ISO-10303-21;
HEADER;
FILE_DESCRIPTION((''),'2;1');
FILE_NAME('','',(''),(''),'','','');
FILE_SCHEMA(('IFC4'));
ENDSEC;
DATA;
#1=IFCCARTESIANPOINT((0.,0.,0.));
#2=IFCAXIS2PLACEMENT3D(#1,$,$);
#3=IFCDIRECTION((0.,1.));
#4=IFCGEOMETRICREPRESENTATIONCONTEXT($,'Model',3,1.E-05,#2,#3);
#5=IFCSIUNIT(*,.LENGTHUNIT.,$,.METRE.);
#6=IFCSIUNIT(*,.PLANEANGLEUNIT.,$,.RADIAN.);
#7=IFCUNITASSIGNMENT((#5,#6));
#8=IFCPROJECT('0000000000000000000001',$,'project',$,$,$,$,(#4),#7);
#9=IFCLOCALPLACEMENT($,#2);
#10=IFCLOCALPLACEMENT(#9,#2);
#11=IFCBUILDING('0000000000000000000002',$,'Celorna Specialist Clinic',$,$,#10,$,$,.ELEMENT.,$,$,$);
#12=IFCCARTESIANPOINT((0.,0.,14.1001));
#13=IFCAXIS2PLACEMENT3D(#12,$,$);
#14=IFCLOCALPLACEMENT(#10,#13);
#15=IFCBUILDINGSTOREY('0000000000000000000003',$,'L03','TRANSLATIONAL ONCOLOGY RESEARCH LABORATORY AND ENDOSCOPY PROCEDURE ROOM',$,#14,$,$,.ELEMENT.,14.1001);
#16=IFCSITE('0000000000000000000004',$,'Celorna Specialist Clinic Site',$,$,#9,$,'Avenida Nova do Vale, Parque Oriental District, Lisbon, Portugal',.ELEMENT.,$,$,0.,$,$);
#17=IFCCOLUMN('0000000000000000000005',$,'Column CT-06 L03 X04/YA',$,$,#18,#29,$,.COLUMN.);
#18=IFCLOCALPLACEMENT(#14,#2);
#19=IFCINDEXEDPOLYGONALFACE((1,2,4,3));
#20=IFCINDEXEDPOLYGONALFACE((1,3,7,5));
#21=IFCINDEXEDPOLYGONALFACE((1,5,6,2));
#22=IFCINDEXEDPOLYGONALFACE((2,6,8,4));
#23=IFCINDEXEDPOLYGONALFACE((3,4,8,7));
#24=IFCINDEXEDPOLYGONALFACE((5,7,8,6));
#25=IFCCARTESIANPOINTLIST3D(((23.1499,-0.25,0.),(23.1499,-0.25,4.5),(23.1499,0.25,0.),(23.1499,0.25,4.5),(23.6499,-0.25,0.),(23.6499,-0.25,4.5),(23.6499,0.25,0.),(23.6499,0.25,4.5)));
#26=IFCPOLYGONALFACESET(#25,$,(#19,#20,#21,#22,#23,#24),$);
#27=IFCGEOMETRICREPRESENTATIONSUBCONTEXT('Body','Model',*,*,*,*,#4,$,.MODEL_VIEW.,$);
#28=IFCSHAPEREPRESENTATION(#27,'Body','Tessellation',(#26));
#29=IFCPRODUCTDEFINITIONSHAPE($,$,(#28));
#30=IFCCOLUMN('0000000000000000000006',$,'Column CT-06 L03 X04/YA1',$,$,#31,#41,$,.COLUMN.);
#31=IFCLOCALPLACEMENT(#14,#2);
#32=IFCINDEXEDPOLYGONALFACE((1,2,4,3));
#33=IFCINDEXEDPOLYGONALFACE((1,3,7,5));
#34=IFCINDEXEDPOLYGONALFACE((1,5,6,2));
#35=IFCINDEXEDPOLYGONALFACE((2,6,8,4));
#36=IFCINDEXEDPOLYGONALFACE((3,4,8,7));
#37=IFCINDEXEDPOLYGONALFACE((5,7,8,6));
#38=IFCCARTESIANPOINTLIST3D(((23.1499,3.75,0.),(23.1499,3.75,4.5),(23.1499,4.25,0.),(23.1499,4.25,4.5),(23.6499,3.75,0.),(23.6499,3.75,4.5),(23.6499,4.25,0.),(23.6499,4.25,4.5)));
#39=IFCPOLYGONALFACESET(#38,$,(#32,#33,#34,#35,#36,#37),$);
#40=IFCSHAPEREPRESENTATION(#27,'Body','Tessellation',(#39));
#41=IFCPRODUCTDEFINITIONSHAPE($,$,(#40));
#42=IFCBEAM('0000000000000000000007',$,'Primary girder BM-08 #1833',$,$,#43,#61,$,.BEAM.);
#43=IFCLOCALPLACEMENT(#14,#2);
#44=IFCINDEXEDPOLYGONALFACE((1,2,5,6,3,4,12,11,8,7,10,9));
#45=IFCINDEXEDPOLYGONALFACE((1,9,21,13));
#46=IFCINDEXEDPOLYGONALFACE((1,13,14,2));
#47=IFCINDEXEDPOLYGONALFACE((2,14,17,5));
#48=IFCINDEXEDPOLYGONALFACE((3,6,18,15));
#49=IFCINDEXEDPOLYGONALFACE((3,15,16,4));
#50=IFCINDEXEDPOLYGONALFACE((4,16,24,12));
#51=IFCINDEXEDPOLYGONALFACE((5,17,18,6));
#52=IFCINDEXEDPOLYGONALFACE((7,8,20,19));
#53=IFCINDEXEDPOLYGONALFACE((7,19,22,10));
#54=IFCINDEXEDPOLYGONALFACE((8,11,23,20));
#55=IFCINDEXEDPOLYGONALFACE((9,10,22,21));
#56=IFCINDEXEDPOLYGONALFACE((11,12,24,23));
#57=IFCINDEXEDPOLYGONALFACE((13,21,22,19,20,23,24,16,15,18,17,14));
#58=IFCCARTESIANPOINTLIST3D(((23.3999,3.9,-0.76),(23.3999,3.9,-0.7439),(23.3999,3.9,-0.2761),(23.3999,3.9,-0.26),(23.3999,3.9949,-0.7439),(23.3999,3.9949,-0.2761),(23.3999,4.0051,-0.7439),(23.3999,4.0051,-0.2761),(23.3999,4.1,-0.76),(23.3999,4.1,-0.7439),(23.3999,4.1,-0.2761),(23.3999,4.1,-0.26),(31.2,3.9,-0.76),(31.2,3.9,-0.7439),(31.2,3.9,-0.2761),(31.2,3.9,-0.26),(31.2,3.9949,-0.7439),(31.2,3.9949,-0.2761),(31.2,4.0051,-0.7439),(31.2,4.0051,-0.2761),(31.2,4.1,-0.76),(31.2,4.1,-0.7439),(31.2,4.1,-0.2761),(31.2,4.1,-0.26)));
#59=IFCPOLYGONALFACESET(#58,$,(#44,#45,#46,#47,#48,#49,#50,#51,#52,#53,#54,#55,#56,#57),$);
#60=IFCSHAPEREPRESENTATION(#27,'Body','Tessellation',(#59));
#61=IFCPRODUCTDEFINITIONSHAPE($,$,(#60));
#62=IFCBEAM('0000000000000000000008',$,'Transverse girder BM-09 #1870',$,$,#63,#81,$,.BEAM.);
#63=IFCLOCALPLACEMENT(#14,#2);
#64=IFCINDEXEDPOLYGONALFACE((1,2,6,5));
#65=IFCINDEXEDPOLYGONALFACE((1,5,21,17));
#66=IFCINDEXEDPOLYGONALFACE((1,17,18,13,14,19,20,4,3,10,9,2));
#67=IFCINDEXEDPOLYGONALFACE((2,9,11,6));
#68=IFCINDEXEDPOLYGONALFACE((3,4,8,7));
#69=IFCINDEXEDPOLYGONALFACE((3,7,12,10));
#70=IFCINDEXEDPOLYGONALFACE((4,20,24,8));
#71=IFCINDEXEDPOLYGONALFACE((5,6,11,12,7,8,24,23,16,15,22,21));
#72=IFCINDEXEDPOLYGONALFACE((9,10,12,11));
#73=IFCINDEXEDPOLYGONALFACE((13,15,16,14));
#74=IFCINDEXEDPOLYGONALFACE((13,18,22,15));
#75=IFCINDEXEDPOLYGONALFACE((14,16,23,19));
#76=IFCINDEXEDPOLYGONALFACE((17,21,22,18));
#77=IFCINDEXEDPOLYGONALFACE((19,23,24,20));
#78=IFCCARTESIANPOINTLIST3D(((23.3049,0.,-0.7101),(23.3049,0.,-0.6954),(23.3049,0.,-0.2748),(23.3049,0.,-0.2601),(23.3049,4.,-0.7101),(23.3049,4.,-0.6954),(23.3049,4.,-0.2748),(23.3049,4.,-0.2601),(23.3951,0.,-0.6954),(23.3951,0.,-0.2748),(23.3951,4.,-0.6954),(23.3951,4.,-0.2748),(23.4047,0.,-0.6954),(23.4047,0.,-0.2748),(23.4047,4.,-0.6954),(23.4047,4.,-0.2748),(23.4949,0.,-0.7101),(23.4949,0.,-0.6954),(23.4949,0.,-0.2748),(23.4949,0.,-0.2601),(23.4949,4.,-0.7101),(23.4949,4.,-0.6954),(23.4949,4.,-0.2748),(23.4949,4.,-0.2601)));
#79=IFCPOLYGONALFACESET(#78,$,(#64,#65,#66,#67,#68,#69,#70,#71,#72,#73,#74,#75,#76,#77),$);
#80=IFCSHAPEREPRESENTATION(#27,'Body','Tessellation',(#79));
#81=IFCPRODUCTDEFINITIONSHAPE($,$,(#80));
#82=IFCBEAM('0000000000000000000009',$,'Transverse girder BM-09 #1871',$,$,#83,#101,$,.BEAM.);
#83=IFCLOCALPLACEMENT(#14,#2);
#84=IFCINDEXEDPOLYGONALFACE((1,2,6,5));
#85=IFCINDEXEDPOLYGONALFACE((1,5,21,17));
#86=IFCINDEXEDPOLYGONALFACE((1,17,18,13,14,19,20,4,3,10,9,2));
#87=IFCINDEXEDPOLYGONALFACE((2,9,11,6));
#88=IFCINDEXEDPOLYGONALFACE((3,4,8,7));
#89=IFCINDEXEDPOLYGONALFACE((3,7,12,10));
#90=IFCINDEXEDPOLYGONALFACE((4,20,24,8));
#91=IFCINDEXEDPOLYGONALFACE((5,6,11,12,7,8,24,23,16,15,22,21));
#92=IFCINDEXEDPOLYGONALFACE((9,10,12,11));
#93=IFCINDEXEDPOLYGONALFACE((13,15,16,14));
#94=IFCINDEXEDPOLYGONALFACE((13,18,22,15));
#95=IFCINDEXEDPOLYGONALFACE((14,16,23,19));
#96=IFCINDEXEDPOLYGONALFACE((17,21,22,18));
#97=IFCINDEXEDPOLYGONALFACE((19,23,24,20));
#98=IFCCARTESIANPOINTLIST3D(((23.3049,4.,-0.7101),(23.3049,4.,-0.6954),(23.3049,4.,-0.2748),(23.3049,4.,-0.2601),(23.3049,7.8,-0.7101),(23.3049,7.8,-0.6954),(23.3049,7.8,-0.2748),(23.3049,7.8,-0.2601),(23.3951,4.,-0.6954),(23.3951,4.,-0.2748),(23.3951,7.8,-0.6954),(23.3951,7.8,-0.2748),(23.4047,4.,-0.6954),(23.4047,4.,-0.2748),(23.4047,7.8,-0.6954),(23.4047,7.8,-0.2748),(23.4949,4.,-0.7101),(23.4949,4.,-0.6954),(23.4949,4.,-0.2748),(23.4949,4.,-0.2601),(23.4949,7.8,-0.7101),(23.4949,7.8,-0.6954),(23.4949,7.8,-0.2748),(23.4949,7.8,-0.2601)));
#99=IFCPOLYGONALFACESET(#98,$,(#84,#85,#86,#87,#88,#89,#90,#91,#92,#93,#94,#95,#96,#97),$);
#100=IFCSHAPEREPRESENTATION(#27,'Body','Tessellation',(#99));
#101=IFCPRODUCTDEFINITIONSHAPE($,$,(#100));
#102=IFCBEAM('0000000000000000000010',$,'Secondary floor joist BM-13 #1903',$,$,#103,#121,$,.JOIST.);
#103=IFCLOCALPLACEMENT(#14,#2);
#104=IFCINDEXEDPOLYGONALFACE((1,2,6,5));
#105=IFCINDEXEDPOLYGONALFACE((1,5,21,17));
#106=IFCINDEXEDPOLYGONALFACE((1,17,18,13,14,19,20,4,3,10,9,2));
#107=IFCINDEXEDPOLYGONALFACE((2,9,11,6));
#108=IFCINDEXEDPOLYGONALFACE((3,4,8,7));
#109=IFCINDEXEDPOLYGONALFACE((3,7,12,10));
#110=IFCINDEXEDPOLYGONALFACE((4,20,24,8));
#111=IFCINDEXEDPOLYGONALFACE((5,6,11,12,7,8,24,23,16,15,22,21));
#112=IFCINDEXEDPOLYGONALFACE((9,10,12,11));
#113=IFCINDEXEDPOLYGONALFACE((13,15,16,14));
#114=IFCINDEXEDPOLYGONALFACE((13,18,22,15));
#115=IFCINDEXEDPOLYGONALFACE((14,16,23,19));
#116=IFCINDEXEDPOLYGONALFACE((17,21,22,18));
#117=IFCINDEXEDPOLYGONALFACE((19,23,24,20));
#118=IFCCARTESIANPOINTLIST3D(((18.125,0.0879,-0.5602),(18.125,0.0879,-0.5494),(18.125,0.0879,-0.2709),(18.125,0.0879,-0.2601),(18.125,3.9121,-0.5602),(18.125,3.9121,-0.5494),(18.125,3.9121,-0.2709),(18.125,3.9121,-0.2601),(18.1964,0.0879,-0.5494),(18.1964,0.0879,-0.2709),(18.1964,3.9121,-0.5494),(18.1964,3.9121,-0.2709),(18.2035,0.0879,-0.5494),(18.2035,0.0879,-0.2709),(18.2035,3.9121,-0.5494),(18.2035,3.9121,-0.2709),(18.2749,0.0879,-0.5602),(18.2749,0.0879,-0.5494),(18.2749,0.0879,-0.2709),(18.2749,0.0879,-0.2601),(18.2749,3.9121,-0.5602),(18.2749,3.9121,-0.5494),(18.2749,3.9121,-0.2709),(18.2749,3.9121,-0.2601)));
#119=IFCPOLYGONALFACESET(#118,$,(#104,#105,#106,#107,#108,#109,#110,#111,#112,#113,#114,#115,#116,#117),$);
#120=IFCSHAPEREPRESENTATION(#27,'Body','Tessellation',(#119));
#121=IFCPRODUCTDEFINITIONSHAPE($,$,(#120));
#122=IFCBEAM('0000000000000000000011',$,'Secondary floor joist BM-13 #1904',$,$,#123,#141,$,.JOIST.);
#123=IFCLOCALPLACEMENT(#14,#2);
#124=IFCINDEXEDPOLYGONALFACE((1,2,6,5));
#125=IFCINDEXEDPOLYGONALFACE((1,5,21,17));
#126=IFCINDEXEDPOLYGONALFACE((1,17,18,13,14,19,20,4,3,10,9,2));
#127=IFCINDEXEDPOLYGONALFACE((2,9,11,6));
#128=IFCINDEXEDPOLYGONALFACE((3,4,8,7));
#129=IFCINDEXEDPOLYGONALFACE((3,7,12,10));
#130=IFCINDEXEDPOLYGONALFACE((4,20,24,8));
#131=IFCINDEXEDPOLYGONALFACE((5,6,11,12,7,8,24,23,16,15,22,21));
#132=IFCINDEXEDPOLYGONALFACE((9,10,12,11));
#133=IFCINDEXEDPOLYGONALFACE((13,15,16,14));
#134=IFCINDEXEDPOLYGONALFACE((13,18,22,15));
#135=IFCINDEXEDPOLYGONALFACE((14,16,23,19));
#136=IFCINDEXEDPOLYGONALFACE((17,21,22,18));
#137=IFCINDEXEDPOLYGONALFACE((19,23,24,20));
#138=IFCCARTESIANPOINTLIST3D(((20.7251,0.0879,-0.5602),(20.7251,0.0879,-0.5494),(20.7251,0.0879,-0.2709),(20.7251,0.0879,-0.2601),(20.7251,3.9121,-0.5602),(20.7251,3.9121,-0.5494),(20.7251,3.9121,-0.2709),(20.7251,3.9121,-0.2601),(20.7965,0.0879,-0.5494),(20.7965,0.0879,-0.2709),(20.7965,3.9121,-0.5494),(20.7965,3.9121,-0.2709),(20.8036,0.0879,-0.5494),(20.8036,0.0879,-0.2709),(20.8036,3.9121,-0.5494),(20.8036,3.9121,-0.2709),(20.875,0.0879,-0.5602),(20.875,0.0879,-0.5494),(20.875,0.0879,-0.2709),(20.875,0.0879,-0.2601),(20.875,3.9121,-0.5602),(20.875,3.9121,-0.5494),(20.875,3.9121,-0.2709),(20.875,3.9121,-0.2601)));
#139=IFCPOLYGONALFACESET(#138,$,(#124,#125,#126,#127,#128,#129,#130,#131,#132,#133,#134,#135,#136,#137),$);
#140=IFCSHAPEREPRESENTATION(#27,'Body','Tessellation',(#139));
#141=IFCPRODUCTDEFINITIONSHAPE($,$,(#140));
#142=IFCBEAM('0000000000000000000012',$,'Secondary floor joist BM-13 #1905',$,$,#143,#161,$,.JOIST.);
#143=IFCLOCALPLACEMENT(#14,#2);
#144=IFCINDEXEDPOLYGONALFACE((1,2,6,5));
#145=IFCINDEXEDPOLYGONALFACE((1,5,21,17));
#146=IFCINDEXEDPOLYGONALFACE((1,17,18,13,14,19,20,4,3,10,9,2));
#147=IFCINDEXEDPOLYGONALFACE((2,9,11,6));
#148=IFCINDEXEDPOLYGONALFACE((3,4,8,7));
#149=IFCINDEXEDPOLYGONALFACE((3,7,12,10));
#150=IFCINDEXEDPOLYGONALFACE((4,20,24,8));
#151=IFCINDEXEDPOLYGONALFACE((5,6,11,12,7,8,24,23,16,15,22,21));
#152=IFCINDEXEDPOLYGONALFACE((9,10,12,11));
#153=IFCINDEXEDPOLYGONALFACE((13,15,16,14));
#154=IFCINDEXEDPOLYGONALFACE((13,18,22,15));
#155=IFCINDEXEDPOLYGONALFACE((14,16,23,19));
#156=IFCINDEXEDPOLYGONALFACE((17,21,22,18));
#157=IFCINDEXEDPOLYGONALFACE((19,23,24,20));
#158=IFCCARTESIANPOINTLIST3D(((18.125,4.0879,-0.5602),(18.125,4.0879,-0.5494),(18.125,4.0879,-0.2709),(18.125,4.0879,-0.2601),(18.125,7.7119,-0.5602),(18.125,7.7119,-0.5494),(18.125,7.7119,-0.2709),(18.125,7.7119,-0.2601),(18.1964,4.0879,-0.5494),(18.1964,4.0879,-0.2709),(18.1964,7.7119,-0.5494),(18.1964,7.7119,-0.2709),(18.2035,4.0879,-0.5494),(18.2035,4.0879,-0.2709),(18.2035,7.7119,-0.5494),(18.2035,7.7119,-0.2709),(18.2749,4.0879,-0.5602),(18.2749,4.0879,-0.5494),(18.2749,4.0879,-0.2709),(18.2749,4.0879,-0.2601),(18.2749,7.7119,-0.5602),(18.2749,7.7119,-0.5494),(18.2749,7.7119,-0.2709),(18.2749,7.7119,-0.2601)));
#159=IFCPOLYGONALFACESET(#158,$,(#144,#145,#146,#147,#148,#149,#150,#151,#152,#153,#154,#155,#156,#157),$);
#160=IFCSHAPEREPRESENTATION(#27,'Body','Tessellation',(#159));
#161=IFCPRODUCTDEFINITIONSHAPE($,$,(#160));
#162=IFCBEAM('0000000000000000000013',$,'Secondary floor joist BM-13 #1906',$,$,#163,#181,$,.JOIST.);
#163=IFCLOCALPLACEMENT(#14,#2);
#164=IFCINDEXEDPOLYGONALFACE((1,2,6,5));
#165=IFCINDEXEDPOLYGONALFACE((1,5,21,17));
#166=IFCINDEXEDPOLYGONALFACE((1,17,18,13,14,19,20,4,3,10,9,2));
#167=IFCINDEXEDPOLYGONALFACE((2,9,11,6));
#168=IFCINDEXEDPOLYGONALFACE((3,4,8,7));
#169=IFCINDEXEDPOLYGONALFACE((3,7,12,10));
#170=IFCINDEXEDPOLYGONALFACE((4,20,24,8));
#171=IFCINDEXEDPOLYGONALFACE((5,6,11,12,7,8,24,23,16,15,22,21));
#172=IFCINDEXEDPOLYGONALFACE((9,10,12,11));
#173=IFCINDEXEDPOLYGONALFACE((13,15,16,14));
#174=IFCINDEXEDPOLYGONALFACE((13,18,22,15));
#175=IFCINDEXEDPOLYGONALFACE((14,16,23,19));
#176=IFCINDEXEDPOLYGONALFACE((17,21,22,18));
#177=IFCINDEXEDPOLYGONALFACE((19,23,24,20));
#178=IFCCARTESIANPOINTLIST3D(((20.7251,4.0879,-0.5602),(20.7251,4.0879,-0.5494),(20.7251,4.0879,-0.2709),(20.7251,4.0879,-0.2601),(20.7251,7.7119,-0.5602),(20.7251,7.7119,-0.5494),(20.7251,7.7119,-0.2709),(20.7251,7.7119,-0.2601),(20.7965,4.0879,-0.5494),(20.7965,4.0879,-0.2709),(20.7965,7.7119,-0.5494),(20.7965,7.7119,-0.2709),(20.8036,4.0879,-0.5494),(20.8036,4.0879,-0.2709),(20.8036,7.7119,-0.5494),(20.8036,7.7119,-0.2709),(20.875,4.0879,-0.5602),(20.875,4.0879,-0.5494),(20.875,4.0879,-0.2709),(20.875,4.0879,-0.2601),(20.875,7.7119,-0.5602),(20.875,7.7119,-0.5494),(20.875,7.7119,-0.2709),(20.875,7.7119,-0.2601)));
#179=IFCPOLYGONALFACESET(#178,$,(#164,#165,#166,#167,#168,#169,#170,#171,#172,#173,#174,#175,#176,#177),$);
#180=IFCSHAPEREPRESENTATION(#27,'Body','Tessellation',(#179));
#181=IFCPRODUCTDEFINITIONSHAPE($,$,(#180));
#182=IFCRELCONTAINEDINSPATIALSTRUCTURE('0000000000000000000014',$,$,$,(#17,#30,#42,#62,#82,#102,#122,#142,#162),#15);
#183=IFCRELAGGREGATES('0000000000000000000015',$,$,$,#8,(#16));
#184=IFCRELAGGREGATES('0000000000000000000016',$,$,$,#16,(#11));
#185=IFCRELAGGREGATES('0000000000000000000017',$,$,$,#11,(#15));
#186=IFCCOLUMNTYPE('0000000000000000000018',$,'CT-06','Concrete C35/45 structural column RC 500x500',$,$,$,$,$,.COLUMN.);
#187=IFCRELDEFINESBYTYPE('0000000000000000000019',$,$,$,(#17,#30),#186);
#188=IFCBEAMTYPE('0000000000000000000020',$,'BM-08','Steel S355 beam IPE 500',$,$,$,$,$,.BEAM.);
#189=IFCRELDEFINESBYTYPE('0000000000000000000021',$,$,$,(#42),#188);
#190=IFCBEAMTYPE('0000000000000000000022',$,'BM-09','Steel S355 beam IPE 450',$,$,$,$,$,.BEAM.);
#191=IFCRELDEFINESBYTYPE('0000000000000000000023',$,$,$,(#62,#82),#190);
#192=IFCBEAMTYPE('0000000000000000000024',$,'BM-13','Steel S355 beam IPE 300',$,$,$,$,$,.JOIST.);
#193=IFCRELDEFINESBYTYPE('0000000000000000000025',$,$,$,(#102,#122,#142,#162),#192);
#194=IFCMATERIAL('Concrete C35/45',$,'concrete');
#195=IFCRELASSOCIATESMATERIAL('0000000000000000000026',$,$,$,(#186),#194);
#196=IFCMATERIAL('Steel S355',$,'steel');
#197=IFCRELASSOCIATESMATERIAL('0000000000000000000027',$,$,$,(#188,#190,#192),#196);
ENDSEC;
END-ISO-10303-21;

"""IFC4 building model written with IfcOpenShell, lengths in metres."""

from ifc_helpers import new_model, si_unit, direction, frame, origin, origin_2d, place, context, subcontext, project, spatial, rectangle, i_section, extrude, material, material_profile, profile_set, type_object, element, save


model = new_model("IFC4")

# Units and contexts
model_context = context("Model", 3, precision=1e-05, world=origin(), true_north=direction((0.0, 1.0)))
body_context = subcontext(model_context, "Body", "Model", "MODEL_VIEW")
ifc_project = project(units=[si_unit("LENGTHUNIT", "METRE"), si_unit("PLANEANGLEUNIT", "RADIAN")], contexts=[model_context])

# Site, building, storey
site_placement = place(None, origin())
site = spatial("IfcSite", under=ifc_project, at=site_placement, Name="Celorna Specialist Clinic Site", LongName="Avenida Nova do Vale, Parque Oriental District, Lisbon, Portugal", CompositionType="ELEMENT", RefElevation=0.0)
building_placement = place(site_placement, origin())
building = spatial("IfcBuilding", under=site, at=building_placement, Name="Celorna Specialist Clinic", CompositionType="ELEMENT")
storey_placement = place(building_placement, frame((0.0, 0.0, 14.1001)))
storey = spatial("IfcBuildingStorey", under=building, at=storey_placement, Name="L03", Description="TRANSLATIONAL ONCOLOGY RESEARCH LABORATORY AND ENDOSCOPY PROCEDURE ROOM", CompositionType="ELEMENT", Elevation=14.1001)

# Columns
ifc_material_1 = material(Name="Concrete C35/45", Category="concrete")
ifc_material_profile_1 = material_profile(ifc_material_1, rectangle(XDim=0.5, YDim=0.5, at=origin_2d()), Name="RC 500x500")
ifc_profile_set_1 = profile_set([ifc_material_profile_1], Name="Concrete C35/45")
column_type = type_object("IfcColumnType", Name="CT-06", Description="Concrete C35/45 structural column RC 500x500", PredefinedType="COLUMN", material=ifc_profile_set_1)
for number, where, z_axis, x_axis, name in (
    (1, (23.3999, 0.0, 0.0), (0.0, 0.0, 1.0), (1.0, 0.0, 0.0), "Column CT-06 L03 X04/YA"),
    (2, (23.3999, 4.0, 0.0), (0.0, 0.0, 1.0), (1.0, 0.0, 0.0), "Column CT-06 L03 X04/YA1"),
):
    element("IfcColumn", number, at=place(storey_placement, frame(where, z_axis=z_axis, x_axis=x_axis)), inside=storey, type_object=column_type, Name=name, PredefinedType="COLUMN", context=body_context, shape_type="SweptSolid", body=[
        extrude(rectangle(XDim=0.5, YDim=0.5, at=origin_2d()), origin(), (0.0, 0.0, 1.0), 4.5),
    ])

# Beams
ifc_material_2 = material(Name="Steel S355", Category="steel")
ifc_material_profile_2 = material_profile(ifc_material_2, i_section(OverallWidth=0.2, OverallDepth=0.5, WebThickness=0.0103, FlangeThickness=0.0161, at=origin_2d()), Name="IPE 500")
ifc_profile_set_2 = profile_set([ifc_material_profile_2], Name="Steel S355")
beam_type_1 = type_object("IfcBeamType", Name="BM-08", Description="Steel S355 beam IPE 500", PredefinedType="BEAM", material=ifc_profile_set_2)
beam_1_placement = place(storey_placement, frame((23.3999, 4.0, -0.51), z_axis=(1.0, 0.0, 0.0), x_axis=(0.0, 1.0, 0.0)))
element("IfcBeam", 3, at=beam_1_placement, inside=storey, type_object=beam_type_1, Name="Primary girder BM-08 #1833", PredefinedType="BEAM", context=body_context, shape_type="SweptSolid", body=[
    extrude(i_section(OverallWidth=0.2, OverallDepth=0.5, WebThickness=0.0103, FlangeThickness=0.0161, at=origin_2d()), origin(), (0.0, 0.0, 1.0), 7.8),
])
ifc_material_profile_3 = material_profile(ifc_material_2, i_section(OverallWidth=0.1899, OverallDepth=0.45, WebThickness=0.0095, FlangeThickness=0.0146, at=origin_2d()), Name="IPE 450")
ifc_profile_set_3 = profile_set([ifc_material_profile_3], Name="Steel S355")
beam_type_2 = type_object("IfcBeamType", Name="BM-09", Description="Steel S355 beam IPE 450", PredefinedType="BEAM", material=ifc_profile_set_3)
beam_2_placement = place(storey_placement, frame((23.3999, 0.0, -0.4851), z_axis=(0.0, 1.0, 0.0), x_axis=(-1.0, 0.0, 0.0)))
element("IfcBeam", 4, at=beam_2_placement, inside=storey, type_object=beam_type_2, Name="Transverse girder BM-09 #1870", PredefinedType="BEAM", context=body_context, shape_type="SweptSolid", body=[
    extrude(i_section(OverallWidth=0.1899, OverallDepth=0.45, WebThickness=0.0095, FlangeThickness=0.0146, at=origin_2d()), origin(), (0.0, 0.0, 1.0), 4.0),
])
beam_3_placement = place(storey_placement, frame((23.3999, 4.0, -0.4851), z_axis=(0.0, 1.0, 0.0), x_axis=(-1.0, 0.0, 0.0)))
element("IfcBeam", 5, at=beam_3_placement, inside=storey, type_object=beam_type_2, Name="Transverse girder BM-09 #1871", PredefinedType="BEAM", context=body_context, shape_type="SweptSolid", body=[
    extrude(i_section(OverallWidth=0.1899, OverallDepth=0.45, WebThickness=0.0095, FlangeThickness=0.0146, at=origin_2d()), origin(), (0.0, 0.0, 1.0), 3.8),
])
ifc_material_profile_4 = material_profile(ifc_material_2, i_section(OverallWidth=0.1499, OverallDepth=0.3, WebThickness=0.0071, FlangeThickness=0.0107, at=origin_2d()), Name="IPE 300")
ifc_profile_set_4 = profile_set([ifc_material_profile_4], Name="Steel S355")
beam_type_3 = type_object("IfcBeamType", Name="BM-13", Description="Steel S355 beam IPE 300", PredefinedType="JOIST", material=ifc_profile_set_4)
for number, where, z_axis, x_axis, name in (
    (6, (18.2, 0.0879, -0.4102), (0.0, 1.0, 0.0), (-1.0, 0.0, 0.0), "Secondary floor joist BM-13 #1903"),
    (7, (20.8, 0.0879, -0.4102), (0.0, 1.0, 0.0), (-1.0, 0.0, 0.0), "Secondary floor joist BM-13 #1904"),
):
    element("IfcBeam", number, at=place(storey_placement, frame(where, z_axis=z_axis, x_axis=x_axis)), inside=storey, type_object=beam_type_3, Name=name, PredefinedType="JOIST", context=body_context, shape_type="SweptSolid", body=[
        extrude(i_section(OverallWidth=0.1499, OverallDepth=0.3, WebThickness=0.0071, FlangeThickness=0.0107, at=origin_2d()), origin(), (0.0, 0.0, 1.0), 3.8242),
    ])
for number, where, z_axis, x_axis, name in (
    (8, (18.2, 4.0879, -0.4102), (0.0, 1.0, 0.0), (-1.0, 0.0, 0.0), "Secondary floor joist BM-13 #1905"),
    (9, (20.8, 4.0879, -0.4102), (0.0, 1.0, 0.0), (-1.0, 0.0, 0.0), "Secondary floor joist BM-13 #1906"),
):
    element("IfcBeam", number, at=place(storey_placement, frame(where, z_axis=z_axis, x_axis=x_axis)), inside=storey, type_object=beam_type_3, Name=name, PredefinedType="JOIST", context=body_context, shape_type="SweptSolid", body=[
        extrude(i_section(OverallWidth=0.1499, OverallDepth=0.3, WebThickness=0.0071, FlangeThickness=0.0107, at=origin_2d()), origin(), (0.0, 0.0, 1.0), 3.624),
    ])

save(model, "model.ifc")
